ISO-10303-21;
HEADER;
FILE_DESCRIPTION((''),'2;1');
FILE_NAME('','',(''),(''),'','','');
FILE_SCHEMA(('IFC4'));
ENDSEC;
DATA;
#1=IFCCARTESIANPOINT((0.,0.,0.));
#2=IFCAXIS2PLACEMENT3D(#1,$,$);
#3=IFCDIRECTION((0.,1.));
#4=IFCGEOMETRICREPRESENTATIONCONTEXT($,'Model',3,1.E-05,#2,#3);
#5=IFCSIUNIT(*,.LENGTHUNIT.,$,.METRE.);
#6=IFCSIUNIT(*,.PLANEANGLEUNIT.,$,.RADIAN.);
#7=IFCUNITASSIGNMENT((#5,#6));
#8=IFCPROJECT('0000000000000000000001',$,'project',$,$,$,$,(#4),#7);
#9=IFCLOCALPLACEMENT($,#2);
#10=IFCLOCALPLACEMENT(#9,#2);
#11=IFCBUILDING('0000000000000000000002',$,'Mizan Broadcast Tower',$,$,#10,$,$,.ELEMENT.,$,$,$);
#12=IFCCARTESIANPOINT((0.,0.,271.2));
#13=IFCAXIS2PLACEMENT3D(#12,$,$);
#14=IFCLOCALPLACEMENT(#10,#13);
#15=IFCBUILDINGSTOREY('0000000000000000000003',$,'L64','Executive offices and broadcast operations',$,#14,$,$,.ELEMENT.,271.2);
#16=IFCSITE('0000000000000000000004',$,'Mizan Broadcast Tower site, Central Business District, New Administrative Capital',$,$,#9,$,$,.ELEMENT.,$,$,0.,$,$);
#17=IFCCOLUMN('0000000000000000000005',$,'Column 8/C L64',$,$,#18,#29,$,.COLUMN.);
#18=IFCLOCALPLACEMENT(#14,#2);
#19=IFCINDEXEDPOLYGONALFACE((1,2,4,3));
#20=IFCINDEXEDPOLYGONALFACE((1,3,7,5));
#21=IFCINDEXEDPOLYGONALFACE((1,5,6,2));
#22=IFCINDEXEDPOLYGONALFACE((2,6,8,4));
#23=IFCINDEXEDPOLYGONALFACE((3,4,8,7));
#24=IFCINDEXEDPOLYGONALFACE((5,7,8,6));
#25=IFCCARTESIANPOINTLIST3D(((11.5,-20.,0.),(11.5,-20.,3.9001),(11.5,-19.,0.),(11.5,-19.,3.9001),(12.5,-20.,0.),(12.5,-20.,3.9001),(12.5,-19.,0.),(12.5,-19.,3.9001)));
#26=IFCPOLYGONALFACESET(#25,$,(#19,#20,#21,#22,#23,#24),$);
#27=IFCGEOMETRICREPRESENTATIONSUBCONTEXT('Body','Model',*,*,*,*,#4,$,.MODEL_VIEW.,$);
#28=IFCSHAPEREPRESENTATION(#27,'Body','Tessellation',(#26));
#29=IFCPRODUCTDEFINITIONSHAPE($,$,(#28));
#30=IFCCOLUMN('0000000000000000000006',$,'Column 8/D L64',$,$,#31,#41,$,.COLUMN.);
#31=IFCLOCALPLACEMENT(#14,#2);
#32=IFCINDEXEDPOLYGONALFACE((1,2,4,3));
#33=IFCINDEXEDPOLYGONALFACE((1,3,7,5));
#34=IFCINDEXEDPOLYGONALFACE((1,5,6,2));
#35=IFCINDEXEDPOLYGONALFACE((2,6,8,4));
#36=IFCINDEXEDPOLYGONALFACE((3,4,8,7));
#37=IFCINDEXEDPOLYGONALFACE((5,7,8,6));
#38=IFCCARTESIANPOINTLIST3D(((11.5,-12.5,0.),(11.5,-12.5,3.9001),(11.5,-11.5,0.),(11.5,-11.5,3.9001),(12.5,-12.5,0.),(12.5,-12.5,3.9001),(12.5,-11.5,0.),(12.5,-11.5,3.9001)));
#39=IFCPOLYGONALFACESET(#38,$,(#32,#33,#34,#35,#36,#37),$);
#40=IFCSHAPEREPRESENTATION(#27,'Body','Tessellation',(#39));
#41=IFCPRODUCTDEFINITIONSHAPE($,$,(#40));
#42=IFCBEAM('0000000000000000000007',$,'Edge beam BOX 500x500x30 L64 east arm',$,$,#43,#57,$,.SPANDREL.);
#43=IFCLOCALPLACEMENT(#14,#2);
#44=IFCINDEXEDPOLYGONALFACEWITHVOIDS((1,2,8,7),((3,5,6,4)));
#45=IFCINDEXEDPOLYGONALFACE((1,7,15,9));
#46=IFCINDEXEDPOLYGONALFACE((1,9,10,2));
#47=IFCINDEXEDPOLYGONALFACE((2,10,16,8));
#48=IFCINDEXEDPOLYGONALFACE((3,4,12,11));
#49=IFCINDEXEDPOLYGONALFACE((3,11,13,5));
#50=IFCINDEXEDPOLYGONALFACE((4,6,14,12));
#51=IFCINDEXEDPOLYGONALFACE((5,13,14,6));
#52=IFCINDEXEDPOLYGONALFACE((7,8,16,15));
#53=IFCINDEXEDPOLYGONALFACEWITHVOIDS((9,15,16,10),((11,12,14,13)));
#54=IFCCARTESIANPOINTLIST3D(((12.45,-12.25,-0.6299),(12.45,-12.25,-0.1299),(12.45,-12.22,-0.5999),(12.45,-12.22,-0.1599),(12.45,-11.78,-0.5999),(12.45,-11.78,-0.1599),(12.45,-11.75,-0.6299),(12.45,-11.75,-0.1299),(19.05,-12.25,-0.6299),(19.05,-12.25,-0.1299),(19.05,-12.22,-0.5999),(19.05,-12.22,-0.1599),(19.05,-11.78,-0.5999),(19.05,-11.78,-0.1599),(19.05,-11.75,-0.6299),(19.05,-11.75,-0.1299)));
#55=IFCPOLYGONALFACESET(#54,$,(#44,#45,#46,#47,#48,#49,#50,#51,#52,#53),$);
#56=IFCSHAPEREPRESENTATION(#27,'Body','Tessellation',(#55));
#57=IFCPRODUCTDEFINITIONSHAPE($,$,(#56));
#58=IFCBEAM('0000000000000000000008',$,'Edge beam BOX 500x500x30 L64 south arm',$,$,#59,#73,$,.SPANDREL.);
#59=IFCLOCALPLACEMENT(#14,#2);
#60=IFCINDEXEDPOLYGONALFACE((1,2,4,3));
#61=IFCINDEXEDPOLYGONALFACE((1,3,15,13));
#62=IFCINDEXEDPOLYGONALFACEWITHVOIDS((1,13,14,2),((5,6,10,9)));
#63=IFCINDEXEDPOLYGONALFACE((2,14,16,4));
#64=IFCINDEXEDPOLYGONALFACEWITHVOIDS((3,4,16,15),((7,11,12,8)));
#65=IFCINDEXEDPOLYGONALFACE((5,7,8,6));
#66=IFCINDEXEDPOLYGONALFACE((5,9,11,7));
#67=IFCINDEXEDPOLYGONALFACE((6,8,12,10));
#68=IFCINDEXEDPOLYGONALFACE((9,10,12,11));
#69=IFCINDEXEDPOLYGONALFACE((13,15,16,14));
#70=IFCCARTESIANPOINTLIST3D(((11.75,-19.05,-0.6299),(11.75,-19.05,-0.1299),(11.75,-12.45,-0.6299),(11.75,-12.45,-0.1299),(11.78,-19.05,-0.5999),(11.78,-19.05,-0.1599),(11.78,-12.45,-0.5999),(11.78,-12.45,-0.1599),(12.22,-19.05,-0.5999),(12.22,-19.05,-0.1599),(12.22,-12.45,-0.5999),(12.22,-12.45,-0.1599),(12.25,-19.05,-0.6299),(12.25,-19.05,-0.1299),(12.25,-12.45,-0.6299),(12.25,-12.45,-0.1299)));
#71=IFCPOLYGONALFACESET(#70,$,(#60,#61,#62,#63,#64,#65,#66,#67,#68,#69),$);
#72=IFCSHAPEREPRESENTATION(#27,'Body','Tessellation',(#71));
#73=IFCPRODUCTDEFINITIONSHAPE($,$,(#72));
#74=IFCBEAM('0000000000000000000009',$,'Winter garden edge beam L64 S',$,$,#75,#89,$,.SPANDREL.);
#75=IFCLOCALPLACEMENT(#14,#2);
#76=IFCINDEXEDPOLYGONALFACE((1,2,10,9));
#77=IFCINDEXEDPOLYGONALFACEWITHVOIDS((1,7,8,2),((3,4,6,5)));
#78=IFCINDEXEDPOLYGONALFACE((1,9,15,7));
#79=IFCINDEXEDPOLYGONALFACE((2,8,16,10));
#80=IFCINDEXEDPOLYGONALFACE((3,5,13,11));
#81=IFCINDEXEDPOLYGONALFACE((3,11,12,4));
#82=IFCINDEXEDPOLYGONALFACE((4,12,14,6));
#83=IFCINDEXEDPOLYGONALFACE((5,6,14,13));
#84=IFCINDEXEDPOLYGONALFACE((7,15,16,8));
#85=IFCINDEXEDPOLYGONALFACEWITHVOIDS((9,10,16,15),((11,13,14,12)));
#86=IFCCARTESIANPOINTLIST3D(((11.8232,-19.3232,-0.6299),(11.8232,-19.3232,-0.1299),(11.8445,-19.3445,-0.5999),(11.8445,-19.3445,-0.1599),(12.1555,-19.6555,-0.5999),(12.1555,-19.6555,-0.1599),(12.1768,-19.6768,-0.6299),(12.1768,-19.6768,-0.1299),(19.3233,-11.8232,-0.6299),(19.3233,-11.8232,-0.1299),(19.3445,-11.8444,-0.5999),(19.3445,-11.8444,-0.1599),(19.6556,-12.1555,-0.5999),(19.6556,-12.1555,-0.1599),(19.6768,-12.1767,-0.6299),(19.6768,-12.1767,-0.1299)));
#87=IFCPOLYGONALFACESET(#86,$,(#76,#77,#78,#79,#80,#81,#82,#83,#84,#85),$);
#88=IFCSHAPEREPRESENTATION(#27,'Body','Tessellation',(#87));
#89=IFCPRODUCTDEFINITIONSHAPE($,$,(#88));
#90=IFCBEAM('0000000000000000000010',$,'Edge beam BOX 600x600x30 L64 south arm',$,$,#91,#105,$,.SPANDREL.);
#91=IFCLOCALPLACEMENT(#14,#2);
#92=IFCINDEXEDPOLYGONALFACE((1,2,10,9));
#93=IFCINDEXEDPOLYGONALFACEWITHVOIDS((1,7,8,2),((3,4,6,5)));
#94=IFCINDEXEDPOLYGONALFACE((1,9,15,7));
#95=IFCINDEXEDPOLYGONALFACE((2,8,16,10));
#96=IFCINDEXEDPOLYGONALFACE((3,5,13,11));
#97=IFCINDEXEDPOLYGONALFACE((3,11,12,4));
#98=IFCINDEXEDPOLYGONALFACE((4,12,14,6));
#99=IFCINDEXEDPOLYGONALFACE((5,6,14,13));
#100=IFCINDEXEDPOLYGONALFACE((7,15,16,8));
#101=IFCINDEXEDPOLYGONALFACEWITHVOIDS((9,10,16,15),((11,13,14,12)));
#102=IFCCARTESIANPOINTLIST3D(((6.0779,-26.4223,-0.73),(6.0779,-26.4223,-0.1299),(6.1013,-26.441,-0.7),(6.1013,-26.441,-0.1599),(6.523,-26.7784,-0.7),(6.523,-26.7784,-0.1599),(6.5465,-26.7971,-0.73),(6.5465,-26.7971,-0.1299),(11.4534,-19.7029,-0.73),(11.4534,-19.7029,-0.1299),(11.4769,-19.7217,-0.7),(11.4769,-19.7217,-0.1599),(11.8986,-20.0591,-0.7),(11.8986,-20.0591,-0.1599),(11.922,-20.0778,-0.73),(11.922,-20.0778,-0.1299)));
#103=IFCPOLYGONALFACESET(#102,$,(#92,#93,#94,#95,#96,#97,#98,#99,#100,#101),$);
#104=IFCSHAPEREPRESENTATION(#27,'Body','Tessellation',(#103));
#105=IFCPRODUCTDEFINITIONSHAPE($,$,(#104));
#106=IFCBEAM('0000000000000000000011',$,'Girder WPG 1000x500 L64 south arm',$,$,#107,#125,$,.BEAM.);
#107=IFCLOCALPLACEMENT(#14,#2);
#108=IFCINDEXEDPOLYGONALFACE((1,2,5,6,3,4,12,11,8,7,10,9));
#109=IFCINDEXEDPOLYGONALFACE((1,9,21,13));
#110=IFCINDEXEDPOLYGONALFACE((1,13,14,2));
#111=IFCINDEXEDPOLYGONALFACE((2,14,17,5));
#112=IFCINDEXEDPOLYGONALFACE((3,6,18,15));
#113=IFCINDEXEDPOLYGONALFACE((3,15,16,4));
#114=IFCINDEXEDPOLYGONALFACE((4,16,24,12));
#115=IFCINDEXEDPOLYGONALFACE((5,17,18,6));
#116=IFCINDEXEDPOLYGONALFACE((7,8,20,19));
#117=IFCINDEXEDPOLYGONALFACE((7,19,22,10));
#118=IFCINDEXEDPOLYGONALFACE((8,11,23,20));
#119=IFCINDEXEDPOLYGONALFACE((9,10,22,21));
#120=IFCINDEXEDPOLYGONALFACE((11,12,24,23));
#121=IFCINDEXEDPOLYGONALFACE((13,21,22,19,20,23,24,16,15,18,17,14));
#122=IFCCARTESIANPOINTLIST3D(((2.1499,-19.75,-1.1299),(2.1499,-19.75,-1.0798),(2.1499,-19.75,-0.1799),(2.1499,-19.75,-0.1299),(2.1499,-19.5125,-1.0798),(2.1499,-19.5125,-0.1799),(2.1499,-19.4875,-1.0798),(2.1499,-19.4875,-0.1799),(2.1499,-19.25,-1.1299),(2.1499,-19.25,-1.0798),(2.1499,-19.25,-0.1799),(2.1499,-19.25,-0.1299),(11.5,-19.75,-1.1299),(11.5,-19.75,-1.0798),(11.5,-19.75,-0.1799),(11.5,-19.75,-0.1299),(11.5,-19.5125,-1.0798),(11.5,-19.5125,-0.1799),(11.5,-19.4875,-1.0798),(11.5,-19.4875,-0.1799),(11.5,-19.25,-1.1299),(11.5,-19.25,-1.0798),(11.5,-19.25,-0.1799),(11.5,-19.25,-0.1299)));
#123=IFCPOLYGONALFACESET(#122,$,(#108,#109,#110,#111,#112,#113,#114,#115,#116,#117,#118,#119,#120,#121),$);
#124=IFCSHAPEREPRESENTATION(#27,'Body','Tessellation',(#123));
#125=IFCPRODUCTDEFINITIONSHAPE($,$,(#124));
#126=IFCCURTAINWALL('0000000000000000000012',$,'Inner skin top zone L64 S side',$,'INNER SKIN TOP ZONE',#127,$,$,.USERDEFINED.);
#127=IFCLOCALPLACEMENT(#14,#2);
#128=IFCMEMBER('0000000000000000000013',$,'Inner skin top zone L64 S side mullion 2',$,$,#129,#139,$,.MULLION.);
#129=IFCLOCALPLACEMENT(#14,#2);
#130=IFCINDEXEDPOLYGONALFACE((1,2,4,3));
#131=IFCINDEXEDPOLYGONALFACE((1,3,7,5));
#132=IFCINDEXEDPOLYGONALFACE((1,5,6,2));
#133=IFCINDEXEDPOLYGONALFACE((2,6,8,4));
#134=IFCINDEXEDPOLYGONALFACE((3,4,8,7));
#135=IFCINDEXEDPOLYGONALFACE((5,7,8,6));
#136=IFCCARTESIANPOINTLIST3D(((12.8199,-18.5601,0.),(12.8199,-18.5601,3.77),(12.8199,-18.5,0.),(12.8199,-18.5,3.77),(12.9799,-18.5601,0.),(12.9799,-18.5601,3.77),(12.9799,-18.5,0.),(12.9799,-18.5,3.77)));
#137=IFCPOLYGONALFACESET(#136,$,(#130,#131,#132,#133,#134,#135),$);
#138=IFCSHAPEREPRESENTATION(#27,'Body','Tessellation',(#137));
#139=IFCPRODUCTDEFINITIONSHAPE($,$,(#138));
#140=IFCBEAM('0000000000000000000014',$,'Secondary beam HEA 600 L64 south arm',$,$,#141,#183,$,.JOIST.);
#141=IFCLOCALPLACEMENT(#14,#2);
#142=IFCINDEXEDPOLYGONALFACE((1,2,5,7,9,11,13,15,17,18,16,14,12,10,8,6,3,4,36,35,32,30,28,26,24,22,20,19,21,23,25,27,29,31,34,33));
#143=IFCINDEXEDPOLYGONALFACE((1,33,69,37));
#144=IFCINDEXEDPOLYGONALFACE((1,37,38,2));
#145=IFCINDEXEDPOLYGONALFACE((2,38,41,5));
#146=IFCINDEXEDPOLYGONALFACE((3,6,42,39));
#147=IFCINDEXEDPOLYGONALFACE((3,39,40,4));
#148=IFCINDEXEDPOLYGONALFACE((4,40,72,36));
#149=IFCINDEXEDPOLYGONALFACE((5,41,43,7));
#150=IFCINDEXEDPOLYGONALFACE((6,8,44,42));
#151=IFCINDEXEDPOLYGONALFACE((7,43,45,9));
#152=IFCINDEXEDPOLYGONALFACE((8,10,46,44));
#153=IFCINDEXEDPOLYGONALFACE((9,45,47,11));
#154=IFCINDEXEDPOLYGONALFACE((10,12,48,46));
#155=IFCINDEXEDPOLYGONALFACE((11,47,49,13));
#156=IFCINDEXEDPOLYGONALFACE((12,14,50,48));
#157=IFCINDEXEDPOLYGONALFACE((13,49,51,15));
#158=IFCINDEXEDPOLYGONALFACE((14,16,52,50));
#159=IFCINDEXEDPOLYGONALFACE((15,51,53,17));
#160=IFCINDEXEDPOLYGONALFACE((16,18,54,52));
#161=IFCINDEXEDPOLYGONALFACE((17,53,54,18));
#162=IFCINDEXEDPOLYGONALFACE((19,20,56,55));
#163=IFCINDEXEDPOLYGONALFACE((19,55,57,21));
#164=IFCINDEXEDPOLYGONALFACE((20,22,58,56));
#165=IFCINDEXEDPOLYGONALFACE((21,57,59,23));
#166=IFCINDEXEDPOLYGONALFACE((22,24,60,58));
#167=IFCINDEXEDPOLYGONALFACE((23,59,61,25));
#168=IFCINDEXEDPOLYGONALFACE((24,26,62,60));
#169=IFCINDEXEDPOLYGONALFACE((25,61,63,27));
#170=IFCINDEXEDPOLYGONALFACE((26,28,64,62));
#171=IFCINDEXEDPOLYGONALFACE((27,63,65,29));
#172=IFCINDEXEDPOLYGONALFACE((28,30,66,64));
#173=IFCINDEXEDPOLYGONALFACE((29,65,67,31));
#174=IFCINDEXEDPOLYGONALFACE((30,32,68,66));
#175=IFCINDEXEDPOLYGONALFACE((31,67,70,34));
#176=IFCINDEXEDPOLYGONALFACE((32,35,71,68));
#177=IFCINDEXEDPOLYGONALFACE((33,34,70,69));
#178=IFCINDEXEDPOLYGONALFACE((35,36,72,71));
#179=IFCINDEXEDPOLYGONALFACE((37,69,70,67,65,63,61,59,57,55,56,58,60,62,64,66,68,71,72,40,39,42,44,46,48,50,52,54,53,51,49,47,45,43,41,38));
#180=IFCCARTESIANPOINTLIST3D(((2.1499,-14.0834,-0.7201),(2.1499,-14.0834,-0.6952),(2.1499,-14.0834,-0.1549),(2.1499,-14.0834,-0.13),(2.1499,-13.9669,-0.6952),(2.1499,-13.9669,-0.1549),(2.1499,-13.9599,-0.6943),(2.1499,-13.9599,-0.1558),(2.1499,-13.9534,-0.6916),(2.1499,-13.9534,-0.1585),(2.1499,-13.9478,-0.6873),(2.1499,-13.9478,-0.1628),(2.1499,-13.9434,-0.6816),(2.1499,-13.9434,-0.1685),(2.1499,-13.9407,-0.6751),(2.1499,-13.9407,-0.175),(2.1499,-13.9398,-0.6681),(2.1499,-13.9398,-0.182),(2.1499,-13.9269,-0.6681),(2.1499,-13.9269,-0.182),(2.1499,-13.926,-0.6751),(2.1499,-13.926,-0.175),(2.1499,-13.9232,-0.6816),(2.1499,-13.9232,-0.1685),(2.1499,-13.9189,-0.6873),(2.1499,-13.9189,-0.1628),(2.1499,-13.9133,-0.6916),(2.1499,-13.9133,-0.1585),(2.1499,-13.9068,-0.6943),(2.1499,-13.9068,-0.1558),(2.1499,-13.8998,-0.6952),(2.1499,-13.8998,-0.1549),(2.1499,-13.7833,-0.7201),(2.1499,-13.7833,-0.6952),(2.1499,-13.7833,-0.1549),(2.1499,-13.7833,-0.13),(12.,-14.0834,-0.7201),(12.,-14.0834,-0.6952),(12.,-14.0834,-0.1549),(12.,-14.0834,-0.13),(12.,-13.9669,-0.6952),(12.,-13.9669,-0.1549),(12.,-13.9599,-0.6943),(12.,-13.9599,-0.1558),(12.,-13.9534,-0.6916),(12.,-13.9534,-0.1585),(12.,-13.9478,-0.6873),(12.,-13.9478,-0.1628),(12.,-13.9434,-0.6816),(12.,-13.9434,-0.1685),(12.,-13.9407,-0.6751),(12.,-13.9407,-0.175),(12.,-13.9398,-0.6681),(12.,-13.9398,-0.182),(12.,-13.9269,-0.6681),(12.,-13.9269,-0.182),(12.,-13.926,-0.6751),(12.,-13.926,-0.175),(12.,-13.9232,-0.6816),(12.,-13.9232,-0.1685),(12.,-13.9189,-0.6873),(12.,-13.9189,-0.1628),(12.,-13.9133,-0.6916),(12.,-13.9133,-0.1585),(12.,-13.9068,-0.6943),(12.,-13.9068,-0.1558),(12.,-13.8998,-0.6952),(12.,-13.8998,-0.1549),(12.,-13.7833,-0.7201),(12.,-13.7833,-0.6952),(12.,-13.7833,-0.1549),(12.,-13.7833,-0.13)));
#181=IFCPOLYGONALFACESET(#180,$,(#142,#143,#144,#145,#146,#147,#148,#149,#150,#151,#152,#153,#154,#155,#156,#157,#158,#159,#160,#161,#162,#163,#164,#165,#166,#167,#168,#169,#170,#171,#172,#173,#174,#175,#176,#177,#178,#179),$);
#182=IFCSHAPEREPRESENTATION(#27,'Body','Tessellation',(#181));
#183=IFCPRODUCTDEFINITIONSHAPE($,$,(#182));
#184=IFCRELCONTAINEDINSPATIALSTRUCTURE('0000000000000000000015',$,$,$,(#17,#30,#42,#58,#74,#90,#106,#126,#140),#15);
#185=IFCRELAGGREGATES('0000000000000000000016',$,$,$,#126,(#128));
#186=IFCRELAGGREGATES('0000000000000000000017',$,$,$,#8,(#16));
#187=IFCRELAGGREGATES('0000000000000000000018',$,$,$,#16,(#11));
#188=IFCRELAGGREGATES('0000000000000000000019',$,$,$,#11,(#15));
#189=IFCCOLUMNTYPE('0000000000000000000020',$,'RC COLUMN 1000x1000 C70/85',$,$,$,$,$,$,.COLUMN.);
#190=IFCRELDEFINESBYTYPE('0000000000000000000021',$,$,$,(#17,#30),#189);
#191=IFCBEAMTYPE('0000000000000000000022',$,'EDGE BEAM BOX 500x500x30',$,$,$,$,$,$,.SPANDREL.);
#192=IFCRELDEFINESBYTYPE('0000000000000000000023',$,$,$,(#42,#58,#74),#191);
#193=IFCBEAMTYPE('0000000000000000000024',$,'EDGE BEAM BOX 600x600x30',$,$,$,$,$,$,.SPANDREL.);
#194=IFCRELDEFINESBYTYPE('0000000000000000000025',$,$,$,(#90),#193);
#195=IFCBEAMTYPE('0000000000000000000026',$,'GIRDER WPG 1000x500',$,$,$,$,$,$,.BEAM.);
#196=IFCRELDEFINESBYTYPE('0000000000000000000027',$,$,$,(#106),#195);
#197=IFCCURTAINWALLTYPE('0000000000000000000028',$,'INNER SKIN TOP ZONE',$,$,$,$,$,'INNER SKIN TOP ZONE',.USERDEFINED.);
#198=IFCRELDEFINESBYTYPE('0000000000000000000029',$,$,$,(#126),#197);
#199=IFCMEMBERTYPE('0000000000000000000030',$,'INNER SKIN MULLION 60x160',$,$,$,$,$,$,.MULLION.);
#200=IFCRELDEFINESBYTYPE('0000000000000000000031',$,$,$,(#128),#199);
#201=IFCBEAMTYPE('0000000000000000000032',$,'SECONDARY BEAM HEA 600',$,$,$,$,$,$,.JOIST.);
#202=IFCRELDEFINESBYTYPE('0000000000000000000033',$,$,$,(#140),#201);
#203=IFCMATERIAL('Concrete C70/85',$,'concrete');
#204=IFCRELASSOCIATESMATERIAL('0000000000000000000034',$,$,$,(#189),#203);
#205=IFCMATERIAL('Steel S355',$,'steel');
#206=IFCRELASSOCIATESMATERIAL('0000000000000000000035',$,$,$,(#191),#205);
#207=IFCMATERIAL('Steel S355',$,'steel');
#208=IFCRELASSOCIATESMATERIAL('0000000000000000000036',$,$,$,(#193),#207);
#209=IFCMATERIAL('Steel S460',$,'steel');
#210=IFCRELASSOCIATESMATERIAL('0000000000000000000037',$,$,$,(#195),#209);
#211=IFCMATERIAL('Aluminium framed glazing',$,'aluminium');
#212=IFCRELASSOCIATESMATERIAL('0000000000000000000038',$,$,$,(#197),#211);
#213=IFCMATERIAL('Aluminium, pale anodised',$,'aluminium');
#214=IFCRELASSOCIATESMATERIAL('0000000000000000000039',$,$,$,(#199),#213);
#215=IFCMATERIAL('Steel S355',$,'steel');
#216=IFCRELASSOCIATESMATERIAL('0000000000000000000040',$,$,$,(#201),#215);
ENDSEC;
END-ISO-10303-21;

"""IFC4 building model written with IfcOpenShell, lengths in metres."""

from ifc_helpers import new_model, si_unit, direction, frame, origin, origin_2d, place, context, subcontext, project, spatial, rectangle, hollow_rectangle, i_section, extrude, material, material_profile, profile_set, type_object, element, aggregate, save


model = new_model("IFC4")

# Units and contexts
model_context = context("Model", 3, precision=1e-05, world=origin(), true_north=direction((0.0, 1.0)))
body_context = subcontext(model_context, "Body", "Model", "MODEL_VIEW")
ifc_project = project(units=[si_unit("LENGTHUNIT", "METRE"), si_unit("PLANEANGLEUNIT", "RADIAN")], contexts=[model_context])

# Site, building, storey
site_placement = place(None, origin())
site = spatial("IfcSite", under=ifc_project, at=site_placement, Name="Mizan Broadcast Tower site, Central Business District, New Administrative Capital", CompositionType="ELEMENT", RefElevation=0.0)
building_placement = place(site_placement, origin())
building = spatial("IfcBuilding", under=site, at=building_placement, Name="Mizan Broadcast Tower", CompositionType="ELEMENT")
storey_placement = place(building_placement, frame((0.0, 0.0, 271.2)))
storey = spatial("IfcBuildingStorey", under=building, at=storey_placement, Name="L64", Description="Executive offices and broadcast operations", CompositionType="ELEMENT", Elevation=271.2)

# Columns
ifc_material_1 = material(Name="Concrete C70/85", Category="concrete")
ifc_material_profile_1 = material_profile(ifc_material_1, rectangle(XDim=1.0, YDim=1.0, at=origin_2d()), Name="RC 1000x1000")
ifc_profile_set_1 = profile_set([ifc_material_profile_1], Name="Concrete C70/85")
column_type = type_object("IfcColumnType", Name="RC COLUMN 1000x1000 C70/85", PredefinedType="COLUMN", material=ifc_profile_set_1)
for number, where, z_axis, x_axis, name in (
    (1, (12.0, -19.5, 0.0), (0.0, 0.0, 1.0), (1.0, 0.0, 0.0), "Column 8/C L64"),
    (2, (12.0, -12.0, 0.0), (0.0, 0.0, 1.0), (1.0, 0.0, 0.0), "Column 8/D L64"),
):
    element("IfcColumn", number, at=place(storey_placement, frame(where, z_axis=z_axis, x_axis=x_axis)), inside=storey, type_object=column_type, Name=name, PredefinedType="COLUMN", context=body_context, shape_type="SweptSolid", body=[
        extrude(rectangle(XDim=1.0, YDim=1.0, at=origin_2d()), origin(), (0.0, 0.0, 1.0), 3.9001),
    ])

# Beams
ifc_material_2 = material(Name="Steel S355", Category="steel")
ifc_material_profile_2 = material_profile(ifc_material_2, hollow_rectangle(XDim=0.5, YDim=0.5, WallThickness=0.03, at=origin_2d()), Name="BOX 500x500x30")
ifc_profile_set_2 = profile_set([ifc_material_profile_2], Name="Steel S355")
beam_type_1 = type_object("IfcBeamType", Name="EDGE BEAM BOX 500x500x30", PredefinedType="SPANDREL", material=ifc_profile_set_2)
for number, where, z_axis, x_axis, name in (
    (3, (12.45, -12.0, -0.3799), (1.0, 0.0, 0.0), (0.0, 1.0, 0.0), "Edge beam BOX 500x500x30 L64 east arm"),
    (4, (12.0, -12.45, -0.3799), (0.0, -1.0, 0.0), (1.0, 0.0, 0.0), "Edge beam BOX 500x500x30 L64 south arm"),
):
    element("IfcBeam", number, at=place(storey_placement, frame(where, z_axis=z_axis, x_axis=x_axis)), inside=storey, type_object=beam_type_1, Name=name, PredefinedType="SPANDREL", context=body_context, shape_type="SweptSolid", body=[
        extrude(hollow_rectangle(XDim=0.5, YDim=0.5, WallThickness=0.03, at=origin_2d()), origin(), (0.0, 0.0, 1.0), 6.6001),
    ])
beam_1_placement = place(storey_placement, frame((12.0, -19.5, -0.3799), z_axis=(0.707107, 0.707107, 0.0), x_axis=(-0.707107, 0.707107, 0.0)))
element("IfcBeam", 5, at=beam_1_placement, inside=storey, type_object=beam_type_1, Name="Winter garden edge beam L64 S", PredefinedType="SPANDREL", context=body_context, shape_type="SweptSolid", body=[
    extrude(hollow_rectangle(XDim=0.5, YDim=0.5, WallThickness=0.03, at=origin_2d()), origin(), (0.0, 0.0, 1.0), 10.6067),
])
ifc_material_3 = material(Name="Steel S355", Category="steel")
ifc_material_profile_3 = material_profile(ifc_material_3, hollow_rectangle(XDim=0.6001, YDim=0.6001, WallThickness=0.03, at=origin_2d()), Name="BOX 600x600x30")
ifc_profile_set_3 = profile_set([ifc_material_profile_3], Name="Steel S355")
beam_type_2 = type_object("IfcBeamType", Name="EDGE BEAM BOX 600x600x30", PredefinedType="SPANDREL", material=ifc_profile_set_3)
beam_2_placement = place(storey_placement, frame((11.6877, -19.8904, -0.4299), z_axis=(-0.624702, -0.780863, 0.0), x_axis=(0.780863, -0.624702, 0.0)))
element("IfcBeam", 6, at=beam_2_placement, inside=storey, type_object=beam_type_2, Name="Edge beam BOX 600x600x30 L64 south arm", PredefinedType="SPANDREL", context=body_context, shape_type="SweptSolid", body=[
    extrude(hollow_rectangle(XDim=0.6001, YDim=0.6001, WallThickness=0.03, at=origin_2d()), origin(), (0.0, 0.0, 1.0), 8.605),
])
ifc_material_4 = material(Name="Steel S460", Category="steel")
ifc_material_profile_4 = material_profile(ifc_material_4, i_section(OverallWidth=0.5, OverallDepth=1.0, WebThickness=0.0249, FlangeThickness=0.05, at=origin_2d()), Name="WPG 1000x500")
ifc_profile_set_4 = profile_set([ifc_material_profile_4], Name="Steel S460")
beam_type_3 = type_object("IfcBeamType", Name="GIRDER WPG 1000x500", PredefinedType="BEAM", material=ifc_profile_set_4)
beam_3_placement = place(storey_placement, frame((11.5, -19.5, -0.6299), z_axis=(-1.0, 0.0, 0.0), x_axis=(0.0, -1.0, 0.0)))
element("IfcBeam", 7, at=beam_3_placement, inside=storey, type_object=beam_type_3, Name="Girder WPG 1000x500 L64 south arm", PredefinedType="BEAM", context=body_context, shape_type="SweptSolid", body=[
    extrude(i_section(OverallWidth=0.5, OverallDepth=1.0, WebThickness=0.0249, FlangeThickness=0.05, at=origin_2d()), origin(), (0.0, 0.0, 1.0), 9.3501),
])

# Curtain wall, member
ifc_material_5 = material(Name="Aluminium framed glazing", Category="aluminium")
curtain_wall_type = type_object("IfcCurtainWallType", Name="INNER SKIN TOP ZONE", ElementType="INNER SKIN TOP ZONE", PredefinedType="USERDEFINED", material=ifc_material_5)
curtain_wall_placement = place(storey_placement, origin())
curtain_wall = element("IfcCurtainWall", 8, at=curtain_wall_placement, inside=storey, type_object=curtain_wall_type, Name="Inner skin top zone L64 S side", ObjectType="INNER SKIN TOP ZONE", PredefinedType="USERDEFINED")
ifc_material_6 = material(Name="Aluminium, pale anodised", Category="aluminium")
ifc_material_profile_5 = material_profile(ifc_material_6, rectangle(XDim=0.1599, YDim=0.0601, at=origin_2d()), Name="MULLION 160x60")
ifc_profile_set_5 = profile_set([ifc_material_profile_5], Name="Aluminium, pale anodised")
member_type = type_object("IfcMemberType", Name="INNER SKIN MULLION 60x160", PredefinedType="MULLION", material=ifc_profile_set_5)
member_placement = place(storey_placement, frame((12.8999, -18.53, 0.0), z_axis=(0.0, 0.0, 1.0), x_axis=(-1.0, 0.0, 0.0)))
member = element("IfcMember", 9, at=member_placement, type_object=member_type, Name="Inner skin top zone L64 S side mullion 2", PredefinedType="MULLION", context=body_context, shape_type="SweptSolid", body=[
    extrude(rectangle(XDim=0.1599, YDim=0.0601, at=origin_2d()), origin(), (0.0, 0.0, 1.0), 3.77),
])

# Beam
ifc_material_7 = material(Name="Steel S355", Category="steel")
ifc_material_profile_6 = material_profile(ifc_material_7, i_section(OverallWidth=0.3, OverallDepth=0.5901, WebThickness=0.0129, FlangeThickness=0.0249, FilletRadius=0.0271, at=origin_2d()), Name="HEA 600")
ifc_profile_set_6 = profile_set([ifc_material_profile_6], Name="Steel S355")
beam_type_4 = type_object("IfcBeamType", Name="SECONDARY BEAM HEA 600", PredefinedType="JOIST", material=ifc_profile_set_6)
for number, where, z_axis, x_axis, name in (
    (10, (12.0, -13.9333, -0.425), (-1.0, 0.0, 0.0), (0.0, -1.0, 0.0), "Secondary beam HEA 600 L64 south arm"),
):
    element("IfcBeam", number, at=place(storey_placement, frame(where, z_axis=z_axis, x_axis=x_axis)), inside=storey, type_object=beam_type_4, Name=name, PredefinedType="JOIST", context=body_context, shape_type="SweptSolid", body=[
        extrude(i_section(OverallWidth=0.3, OverallDepth=0.5901, WebThickness=0.0129, FlangeThickness=0.0249, FilletRadius=0.0271, at=origin_2d()), origin(), (0.0, 0.0, 1.0), 9.8501),
    ])

aggregate(curtain_wall, [member])

save(model, "model.ifc")
